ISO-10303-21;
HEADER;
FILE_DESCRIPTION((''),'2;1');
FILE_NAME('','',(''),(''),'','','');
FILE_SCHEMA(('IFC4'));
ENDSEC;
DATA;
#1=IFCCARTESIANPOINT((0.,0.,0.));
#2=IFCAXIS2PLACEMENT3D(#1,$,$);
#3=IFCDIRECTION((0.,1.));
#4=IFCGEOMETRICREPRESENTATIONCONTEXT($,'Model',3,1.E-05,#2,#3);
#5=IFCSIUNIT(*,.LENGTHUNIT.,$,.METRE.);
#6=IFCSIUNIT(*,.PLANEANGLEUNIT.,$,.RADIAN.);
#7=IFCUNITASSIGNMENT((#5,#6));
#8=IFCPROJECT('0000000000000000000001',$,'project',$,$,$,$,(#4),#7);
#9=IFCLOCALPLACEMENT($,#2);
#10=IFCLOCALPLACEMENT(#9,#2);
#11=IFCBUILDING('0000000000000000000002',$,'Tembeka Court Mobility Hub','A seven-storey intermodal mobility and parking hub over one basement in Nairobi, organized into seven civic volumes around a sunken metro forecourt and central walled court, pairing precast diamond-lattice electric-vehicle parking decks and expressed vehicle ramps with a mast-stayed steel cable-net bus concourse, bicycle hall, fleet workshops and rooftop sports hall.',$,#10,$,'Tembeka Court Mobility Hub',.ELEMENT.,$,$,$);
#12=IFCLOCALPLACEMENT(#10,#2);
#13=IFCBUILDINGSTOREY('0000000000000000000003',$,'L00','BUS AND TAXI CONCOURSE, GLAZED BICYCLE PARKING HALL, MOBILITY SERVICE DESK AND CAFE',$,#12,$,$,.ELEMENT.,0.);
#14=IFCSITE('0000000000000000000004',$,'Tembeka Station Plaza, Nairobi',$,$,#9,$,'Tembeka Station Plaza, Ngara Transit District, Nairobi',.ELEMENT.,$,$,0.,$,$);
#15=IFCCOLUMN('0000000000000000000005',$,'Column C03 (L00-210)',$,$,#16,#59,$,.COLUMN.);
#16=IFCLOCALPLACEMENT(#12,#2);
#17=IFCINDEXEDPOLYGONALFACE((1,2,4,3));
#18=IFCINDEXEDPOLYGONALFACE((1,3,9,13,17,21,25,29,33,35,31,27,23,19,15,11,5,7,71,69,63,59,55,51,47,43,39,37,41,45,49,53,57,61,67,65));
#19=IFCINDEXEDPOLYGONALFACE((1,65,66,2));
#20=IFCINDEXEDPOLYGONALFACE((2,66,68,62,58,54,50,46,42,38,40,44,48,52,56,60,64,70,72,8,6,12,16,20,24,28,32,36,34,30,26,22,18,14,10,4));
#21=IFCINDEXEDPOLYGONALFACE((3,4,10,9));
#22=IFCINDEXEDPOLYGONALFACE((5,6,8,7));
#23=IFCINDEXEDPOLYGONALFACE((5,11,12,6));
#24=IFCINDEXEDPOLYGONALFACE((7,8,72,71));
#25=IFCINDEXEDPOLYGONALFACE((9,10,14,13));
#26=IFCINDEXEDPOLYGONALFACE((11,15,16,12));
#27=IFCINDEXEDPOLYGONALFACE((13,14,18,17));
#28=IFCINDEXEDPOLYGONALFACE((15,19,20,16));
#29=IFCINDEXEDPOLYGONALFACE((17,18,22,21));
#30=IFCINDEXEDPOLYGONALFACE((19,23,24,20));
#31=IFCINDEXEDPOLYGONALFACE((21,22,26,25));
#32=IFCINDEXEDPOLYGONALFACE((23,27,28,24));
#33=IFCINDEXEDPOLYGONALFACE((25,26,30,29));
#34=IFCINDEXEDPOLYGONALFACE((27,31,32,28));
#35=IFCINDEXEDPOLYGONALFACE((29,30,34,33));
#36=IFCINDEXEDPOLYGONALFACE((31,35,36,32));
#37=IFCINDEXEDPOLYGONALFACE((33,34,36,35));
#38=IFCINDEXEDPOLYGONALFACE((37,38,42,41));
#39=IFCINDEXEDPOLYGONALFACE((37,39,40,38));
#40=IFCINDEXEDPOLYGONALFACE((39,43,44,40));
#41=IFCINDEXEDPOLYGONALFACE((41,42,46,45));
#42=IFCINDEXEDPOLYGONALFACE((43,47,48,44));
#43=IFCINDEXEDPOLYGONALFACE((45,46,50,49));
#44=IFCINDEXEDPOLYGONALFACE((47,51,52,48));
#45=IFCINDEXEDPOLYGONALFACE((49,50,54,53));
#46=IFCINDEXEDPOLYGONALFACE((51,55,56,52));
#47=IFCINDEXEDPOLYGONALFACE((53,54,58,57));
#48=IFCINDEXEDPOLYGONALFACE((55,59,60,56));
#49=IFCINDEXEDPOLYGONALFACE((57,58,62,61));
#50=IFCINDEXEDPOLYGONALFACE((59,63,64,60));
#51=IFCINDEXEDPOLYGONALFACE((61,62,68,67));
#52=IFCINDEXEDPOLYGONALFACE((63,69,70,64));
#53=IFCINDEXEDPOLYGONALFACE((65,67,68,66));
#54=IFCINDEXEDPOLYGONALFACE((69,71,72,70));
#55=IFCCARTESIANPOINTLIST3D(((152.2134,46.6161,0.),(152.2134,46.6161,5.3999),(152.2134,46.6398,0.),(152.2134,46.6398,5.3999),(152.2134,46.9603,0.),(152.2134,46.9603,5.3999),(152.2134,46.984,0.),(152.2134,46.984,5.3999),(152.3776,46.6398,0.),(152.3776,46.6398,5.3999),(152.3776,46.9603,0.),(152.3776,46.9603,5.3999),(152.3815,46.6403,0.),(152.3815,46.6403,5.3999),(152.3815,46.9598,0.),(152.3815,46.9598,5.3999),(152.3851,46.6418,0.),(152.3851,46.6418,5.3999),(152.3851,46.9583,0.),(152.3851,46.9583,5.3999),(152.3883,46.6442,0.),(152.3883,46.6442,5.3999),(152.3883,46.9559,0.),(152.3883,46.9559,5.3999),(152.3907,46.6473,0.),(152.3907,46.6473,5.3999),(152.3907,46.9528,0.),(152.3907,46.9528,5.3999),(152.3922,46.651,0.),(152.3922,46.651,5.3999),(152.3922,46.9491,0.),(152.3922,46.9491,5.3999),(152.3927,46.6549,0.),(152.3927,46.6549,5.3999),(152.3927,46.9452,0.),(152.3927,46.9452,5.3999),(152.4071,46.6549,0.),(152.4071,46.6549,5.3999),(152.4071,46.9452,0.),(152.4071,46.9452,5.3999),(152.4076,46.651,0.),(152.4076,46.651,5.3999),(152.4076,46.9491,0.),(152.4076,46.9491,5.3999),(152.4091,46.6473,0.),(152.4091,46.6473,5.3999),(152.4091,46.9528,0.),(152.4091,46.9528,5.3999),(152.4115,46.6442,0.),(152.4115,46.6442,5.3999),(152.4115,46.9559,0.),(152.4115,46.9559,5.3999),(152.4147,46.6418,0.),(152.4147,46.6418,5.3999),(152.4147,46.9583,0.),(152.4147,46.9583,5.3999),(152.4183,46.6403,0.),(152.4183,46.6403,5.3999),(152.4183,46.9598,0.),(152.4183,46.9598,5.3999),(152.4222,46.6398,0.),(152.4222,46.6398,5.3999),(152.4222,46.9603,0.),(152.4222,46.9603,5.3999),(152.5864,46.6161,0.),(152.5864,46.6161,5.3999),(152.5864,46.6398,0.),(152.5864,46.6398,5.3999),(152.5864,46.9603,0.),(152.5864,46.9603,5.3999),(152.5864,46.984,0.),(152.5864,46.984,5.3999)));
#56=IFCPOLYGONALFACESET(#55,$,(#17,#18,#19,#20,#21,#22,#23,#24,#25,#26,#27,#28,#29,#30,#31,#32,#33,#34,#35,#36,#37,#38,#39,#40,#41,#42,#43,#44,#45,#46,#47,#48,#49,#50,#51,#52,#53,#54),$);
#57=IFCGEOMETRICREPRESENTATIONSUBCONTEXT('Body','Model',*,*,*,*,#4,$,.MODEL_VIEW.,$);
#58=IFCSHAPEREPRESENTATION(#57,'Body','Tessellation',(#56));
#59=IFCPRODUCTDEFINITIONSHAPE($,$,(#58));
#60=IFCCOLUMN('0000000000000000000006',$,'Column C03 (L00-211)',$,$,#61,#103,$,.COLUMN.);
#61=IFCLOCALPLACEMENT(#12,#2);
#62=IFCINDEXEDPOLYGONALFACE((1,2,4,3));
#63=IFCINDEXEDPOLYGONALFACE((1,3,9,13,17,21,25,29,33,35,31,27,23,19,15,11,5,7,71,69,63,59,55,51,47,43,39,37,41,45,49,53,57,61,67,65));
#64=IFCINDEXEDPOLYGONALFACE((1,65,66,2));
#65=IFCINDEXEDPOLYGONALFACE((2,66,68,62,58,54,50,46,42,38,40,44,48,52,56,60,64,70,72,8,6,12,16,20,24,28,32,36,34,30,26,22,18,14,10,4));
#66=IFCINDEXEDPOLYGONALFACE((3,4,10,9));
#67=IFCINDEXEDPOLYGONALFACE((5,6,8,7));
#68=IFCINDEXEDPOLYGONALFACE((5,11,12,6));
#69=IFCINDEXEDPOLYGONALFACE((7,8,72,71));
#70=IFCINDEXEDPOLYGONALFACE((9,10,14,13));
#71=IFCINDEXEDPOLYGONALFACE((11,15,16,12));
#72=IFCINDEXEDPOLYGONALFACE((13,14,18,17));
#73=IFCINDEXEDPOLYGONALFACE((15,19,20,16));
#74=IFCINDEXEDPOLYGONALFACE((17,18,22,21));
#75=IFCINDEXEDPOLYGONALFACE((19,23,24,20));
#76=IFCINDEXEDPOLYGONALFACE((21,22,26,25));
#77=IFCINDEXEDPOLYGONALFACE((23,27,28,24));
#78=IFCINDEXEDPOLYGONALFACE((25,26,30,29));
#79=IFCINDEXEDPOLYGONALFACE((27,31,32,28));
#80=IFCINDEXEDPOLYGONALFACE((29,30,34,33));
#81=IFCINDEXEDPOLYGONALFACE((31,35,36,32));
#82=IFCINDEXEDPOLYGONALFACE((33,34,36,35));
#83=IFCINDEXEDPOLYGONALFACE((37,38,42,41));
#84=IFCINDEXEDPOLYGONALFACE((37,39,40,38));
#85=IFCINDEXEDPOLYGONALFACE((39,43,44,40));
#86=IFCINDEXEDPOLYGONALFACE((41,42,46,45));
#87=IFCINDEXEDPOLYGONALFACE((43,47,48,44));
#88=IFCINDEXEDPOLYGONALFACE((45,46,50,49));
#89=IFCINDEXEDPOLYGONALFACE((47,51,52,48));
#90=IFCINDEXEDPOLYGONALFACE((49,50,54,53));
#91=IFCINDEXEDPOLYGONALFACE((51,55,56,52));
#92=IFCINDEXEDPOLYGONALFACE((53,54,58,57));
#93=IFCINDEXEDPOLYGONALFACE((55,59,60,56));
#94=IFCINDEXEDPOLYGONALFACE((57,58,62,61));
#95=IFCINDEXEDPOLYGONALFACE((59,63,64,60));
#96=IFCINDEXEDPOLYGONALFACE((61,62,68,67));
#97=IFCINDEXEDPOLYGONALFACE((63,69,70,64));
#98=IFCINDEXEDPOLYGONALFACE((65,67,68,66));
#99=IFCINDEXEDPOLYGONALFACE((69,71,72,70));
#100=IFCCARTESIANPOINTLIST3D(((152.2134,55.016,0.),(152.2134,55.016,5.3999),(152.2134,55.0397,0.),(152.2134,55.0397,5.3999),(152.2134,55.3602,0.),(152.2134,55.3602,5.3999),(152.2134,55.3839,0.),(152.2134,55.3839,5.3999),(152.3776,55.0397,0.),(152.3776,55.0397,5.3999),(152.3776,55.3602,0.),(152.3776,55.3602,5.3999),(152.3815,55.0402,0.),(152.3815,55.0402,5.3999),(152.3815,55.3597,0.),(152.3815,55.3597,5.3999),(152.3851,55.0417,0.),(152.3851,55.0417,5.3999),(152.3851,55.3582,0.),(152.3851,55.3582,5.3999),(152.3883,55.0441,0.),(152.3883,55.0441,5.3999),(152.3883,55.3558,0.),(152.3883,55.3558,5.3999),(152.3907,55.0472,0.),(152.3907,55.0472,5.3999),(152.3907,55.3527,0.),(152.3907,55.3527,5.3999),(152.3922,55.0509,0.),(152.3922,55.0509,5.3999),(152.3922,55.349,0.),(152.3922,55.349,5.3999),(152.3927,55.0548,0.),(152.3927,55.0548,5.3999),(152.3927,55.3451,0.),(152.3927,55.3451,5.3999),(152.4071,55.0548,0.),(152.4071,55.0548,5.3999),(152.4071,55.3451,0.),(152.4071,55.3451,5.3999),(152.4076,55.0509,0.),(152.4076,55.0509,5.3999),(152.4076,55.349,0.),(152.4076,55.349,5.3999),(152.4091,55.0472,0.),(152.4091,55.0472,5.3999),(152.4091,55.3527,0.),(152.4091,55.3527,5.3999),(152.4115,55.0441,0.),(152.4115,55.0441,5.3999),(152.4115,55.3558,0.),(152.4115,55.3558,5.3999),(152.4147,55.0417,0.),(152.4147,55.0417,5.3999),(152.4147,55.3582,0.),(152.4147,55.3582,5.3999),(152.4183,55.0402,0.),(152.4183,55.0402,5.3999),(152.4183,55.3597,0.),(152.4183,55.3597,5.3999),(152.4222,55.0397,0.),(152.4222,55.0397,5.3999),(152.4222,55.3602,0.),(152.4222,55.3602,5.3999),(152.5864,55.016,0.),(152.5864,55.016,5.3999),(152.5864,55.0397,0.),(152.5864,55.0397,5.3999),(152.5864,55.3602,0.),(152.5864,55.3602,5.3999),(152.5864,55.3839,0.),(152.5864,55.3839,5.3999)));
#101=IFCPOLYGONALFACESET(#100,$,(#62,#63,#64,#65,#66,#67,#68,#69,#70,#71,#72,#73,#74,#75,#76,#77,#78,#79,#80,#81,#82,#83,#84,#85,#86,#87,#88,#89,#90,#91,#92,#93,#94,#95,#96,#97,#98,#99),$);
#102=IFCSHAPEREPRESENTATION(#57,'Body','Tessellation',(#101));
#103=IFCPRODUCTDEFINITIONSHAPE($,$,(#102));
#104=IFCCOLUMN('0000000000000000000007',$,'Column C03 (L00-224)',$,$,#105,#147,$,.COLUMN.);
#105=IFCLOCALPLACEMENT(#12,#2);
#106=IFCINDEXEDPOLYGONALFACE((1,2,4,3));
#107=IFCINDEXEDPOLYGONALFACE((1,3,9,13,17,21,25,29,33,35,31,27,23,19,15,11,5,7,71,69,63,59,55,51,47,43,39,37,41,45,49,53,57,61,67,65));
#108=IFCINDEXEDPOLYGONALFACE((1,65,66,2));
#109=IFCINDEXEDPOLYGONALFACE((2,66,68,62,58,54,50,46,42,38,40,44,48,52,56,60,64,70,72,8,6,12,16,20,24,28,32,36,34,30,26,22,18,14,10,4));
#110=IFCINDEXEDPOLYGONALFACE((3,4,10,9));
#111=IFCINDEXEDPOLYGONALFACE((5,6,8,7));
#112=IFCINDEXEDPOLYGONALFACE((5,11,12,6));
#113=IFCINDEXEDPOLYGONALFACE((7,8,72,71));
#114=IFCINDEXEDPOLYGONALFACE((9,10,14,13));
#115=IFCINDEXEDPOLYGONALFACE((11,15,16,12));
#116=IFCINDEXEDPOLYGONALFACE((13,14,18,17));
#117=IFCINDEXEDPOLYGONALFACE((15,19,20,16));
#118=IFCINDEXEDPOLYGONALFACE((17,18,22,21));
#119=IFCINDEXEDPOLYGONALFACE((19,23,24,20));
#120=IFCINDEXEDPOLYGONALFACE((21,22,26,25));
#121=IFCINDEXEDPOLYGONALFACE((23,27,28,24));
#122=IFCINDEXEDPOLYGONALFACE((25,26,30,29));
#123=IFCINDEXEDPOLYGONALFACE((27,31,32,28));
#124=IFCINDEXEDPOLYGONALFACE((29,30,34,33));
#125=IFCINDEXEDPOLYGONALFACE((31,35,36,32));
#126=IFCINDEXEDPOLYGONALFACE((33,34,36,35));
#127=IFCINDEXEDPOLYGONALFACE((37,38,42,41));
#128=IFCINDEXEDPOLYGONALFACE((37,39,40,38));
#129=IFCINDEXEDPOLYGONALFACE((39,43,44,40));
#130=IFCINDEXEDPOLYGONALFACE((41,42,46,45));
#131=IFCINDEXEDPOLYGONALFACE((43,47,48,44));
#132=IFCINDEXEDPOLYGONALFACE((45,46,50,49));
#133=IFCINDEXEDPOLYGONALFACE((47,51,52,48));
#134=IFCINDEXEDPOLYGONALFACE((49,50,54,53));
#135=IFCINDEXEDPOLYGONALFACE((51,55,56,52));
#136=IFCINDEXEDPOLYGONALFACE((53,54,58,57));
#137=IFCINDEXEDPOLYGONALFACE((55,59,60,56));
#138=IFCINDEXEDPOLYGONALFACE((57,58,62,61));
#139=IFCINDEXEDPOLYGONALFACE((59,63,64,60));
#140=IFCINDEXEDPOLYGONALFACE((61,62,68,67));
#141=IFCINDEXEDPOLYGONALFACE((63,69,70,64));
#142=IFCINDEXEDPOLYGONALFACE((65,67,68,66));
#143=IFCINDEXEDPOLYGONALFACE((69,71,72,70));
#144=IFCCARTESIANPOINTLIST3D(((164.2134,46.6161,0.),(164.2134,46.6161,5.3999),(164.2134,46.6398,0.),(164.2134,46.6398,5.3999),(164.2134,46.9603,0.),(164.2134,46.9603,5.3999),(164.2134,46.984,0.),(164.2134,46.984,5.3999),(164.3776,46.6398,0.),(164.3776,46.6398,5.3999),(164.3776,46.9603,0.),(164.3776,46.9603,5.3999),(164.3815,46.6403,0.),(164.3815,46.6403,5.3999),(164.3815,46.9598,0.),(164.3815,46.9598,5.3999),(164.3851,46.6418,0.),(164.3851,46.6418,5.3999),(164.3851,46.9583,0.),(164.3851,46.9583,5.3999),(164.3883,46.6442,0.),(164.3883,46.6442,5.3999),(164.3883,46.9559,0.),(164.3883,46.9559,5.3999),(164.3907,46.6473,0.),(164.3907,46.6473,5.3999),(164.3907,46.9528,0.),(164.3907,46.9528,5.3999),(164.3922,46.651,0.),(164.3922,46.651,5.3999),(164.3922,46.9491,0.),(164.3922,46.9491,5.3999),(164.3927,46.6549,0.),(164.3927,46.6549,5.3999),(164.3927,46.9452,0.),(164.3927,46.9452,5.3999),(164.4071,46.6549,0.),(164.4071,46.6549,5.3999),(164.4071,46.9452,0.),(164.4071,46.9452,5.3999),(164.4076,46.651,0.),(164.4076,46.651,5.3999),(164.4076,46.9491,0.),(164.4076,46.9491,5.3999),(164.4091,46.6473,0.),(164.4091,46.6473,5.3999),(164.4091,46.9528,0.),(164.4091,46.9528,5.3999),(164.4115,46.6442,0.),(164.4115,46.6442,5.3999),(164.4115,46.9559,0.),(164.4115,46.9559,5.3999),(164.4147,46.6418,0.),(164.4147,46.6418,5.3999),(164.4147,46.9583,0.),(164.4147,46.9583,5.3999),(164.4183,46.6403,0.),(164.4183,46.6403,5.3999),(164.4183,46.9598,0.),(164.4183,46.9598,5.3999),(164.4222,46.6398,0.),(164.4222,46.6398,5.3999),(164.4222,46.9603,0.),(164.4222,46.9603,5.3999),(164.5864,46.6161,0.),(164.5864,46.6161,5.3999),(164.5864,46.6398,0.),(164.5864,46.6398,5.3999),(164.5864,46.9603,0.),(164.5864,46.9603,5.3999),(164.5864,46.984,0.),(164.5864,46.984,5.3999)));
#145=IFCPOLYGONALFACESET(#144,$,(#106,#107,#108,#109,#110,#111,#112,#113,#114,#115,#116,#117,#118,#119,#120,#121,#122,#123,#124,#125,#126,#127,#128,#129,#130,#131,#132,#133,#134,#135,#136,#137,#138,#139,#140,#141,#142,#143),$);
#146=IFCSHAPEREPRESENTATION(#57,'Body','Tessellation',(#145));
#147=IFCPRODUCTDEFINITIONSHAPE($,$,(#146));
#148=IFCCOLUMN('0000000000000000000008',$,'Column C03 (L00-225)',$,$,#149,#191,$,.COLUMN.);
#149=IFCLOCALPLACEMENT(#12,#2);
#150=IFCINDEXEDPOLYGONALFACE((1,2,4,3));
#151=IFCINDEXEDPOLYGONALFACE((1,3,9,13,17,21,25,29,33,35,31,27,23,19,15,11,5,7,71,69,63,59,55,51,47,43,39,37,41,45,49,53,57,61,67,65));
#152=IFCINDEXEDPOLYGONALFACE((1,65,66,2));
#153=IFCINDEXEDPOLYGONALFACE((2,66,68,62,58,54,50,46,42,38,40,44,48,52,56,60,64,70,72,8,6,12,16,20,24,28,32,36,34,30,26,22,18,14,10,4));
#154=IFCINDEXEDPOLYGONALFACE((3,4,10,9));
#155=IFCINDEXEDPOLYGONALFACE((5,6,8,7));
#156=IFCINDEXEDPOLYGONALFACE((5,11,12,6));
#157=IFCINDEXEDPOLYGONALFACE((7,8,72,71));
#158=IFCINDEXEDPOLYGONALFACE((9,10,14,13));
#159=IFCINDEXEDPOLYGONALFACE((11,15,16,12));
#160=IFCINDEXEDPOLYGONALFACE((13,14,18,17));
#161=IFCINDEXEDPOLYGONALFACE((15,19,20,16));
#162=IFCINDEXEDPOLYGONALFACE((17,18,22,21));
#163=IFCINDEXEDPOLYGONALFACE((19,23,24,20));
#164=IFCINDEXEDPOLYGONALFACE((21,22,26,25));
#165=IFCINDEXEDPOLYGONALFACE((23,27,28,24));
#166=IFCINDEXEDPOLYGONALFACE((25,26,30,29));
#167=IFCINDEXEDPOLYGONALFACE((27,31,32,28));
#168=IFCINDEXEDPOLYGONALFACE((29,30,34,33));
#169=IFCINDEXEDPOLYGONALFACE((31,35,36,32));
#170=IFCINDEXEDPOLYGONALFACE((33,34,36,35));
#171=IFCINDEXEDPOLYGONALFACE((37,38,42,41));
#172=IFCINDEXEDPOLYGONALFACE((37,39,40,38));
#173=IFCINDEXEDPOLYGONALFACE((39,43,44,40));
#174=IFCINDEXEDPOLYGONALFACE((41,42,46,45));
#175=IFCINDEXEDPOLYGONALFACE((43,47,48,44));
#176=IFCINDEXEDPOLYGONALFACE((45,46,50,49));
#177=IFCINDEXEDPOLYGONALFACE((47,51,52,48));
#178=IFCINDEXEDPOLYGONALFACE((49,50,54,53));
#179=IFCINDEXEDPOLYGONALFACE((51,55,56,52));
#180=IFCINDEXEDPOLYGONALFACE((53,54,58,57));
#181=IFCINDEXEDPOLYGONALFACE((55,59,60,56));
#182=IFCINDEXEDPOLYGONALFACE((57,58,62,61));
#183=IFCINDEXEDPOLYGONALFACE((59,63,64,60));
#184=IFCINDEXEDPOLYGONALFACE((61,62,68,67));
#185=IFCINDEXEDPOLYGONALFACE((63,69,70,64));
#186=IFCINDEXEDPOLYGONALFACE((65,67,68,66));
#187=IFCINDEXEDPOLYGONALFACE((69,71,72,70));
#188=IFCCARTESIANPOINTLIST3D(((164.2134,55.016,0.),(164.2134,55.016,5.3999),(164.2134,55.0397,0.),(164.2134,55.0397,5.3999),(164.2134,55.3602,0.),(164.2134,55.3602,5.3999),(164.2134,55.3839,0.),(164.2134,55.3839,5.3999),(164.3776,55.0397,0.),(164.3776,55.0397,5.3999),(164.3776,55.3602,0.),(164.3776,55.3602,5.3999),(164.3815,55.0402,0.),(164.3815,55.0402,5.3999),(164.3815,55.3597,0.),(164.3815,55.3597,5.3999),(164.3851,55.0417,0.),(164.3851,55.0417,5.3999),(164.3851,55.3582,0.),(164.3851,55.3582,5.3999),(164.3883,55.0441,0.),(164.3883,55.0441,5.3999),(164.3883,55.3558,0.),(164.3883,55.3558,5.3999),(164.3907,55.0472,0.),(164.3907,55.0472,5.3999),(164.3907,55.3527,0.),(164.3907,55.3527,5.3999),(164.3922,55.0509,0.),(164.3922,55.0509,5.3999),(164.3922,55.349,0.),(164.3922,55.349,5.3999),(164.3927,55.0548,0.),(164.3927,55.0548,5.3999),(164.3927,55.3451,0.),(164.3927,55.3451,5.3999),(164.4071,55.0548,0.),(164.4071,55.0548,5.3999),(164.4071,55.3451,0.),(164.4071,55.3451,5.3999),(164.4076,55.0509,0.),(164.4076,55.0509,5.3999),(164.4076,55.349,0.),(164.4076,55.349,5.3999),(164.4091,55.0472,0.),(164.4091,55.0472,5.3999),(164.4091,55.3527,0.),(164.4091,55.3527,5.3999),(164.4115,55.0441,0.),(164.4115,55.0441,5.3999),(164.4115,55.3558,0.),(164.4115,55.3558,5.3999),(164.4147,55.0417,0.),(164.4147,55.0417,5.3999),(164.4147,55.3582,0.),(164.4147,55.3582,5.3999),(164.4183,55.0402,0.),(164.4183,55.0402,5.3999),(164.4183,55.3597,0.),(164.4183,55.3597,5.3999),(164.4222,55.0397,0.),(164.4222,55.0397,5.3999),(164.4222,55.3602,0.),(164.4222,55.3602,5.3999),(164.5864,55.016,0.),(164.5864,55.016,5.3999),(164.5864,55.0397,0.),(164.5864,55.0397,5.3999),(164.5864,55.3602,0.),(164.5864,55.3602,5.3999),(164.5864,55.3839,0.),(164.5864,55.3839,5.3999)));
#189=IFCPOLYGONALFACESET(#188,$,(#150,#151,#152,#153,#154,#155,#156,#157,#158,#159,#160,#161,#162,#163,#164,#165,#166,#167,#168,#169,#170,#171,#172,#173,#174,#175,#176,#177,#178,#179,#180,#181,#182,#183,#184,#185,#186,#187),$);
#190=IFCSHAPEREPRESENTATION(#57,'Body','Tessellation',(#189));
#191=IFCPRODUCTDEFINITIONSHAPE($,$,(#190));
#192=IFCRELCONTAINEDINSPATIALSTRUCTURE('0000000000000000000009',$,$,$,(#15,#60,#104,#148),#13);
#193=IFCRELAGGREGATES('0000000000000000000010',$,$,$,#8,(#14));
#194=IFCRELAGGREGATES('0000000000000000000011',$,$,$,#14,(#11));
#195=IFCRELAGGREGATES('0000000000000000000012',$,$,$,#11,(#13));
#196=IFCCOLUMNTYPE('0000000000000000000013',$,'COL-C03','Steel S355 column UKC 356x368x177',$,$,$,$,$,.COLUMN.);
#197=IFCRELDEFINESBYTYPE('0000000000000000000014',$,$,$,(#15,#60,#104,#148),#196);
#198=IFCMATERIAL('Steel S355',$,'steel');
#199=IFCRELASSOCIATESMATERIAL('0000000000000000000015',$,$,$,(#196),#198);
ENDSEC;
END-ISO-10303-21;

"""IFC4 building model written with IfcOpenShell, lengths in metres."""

from ifc_helpers import new_model, si_unit, direction, frame, origin, origin_2d, place, context, subcontext, project, spatial, i_section, extrude, material, material_profile, profile_set, type_object, element, save


model = new_model("IFC4")

# Units and contexts
model_context = context("Model", 3, precision=1e-05, world=origin(), true_north=direction((0.0, 1.0)))
body_context = subcontext(model_context, "Body", "Model", "MODEL_VIEW")
ifc_project = project(units=[si_unit("LENGTHUNIT", "METRE"), si_unit("PLANEANGLEUNIT", "RADIAN")], contexts=[model_context])

# Site, building, storey
site_placement = place(None, origin())
site = spatial("IfcSite", under=ifc_project, at=site_placement, Name="Tembeka Station Plaza, Nairobi", LongName="Tembeka Station Plaza, Ngara Transit District, Nairobi", CompositionType="ELEMENT", RefElevation=0.0)
building_placement = place(site_placement, origin())
building = spatial("IfcBuilding", under=site, at=building_placement, Name="Tembeka Court Mobility Hub", Description="A seven-storey intermodal mobility and parking hub over one basement in Nairobi, organized into seven civic volumes around a sunken metro forecourt and central walled court, pairing precast diamond-lattice electric-vehicle parking decks and expressed vehicle ramps with a mast-stayed steel cable-net bus concourse, bicycle hall, fleet workshops and rooftop sports hall.", LongName="Tembeka Court Mobility Hub", CompositionType="ELEMENT")
storey_placement = place(building_placement, origin())
storey = spatial("IfcBuildingStorey", under=building, at=storey_placement, Name="L00", Description="BUS AND TAXI CONCOURSE, GLAZED BICYCLE PARKING HALL, MOBILITY SERVICE DESK AND CAFE", CompositionType="ELEMENT", Elevation=0.0)

# Columns
ifc_material = material(Name="Steel S355", Category="steel")
ifc_material_profile_1 = material_profile(ifc_material, i_section(OverallWidth=0.373, OverallDepth=0.3679, WebThickness=0.0144, FlangeThickness=0.0237, FilletRadius=0.0151, at=origin_2d()), Name="UKC 356x368x177")
ifc_profile_set_1 = profile_set([ifc_material_profile_1], Name="Steel S355")
column_type_1 = type_object("IfcColumnType", Name="COL-C03", Description="Steel S355 column UKC 356x368x177", PredefinedType="COLUMN", material=ifc_profile_set_1)
for number, where, z_axis, x_axis, name in (
    (1, (152.3999, 46.8, 0.0), (0.0, 0.0, 1.0), (1.0, 0.0, 0.0), "Column C03 (L00-210)"),
    (2, (152.3999, 55.2, 0.0), (0.0, 0.0, 1.0), (1.0, 0.0, 0.0), "Column C03 (L00-211)"),
    (3, (164.3999, 46.8, 0.0), (0.0, 0.0, 1.0), (1.0, 0.0, 0.0), "Column C03 (L00-224)"),
    (4, (164.3999, 55.2, 0.0), (0.0, 0.0, 1.0), (1.0, 0.0, 0.0), "Column C03 (L00-225)"),
):
    element("IfcColumn", number, at=place(storey_placement, frame(where, z_axis=z_axis, x_axis=x_axis)), inside=storey, type_object=column_type_1, Name=name, PredefinedType="COLUMN", context=body_context, shape_type="SweptSolid", body=[
        extrude(i_section(OverallWidth=0.373, OverallDepth=0.3679, WebThickness=0.0144, FlangeThickness=0.0237, FilletRadius=0.0151, at=origin_2d()), origin(), (0.0, 0.0, 1.0), 5.3999),
    ])

save(model, "model.ifc")
